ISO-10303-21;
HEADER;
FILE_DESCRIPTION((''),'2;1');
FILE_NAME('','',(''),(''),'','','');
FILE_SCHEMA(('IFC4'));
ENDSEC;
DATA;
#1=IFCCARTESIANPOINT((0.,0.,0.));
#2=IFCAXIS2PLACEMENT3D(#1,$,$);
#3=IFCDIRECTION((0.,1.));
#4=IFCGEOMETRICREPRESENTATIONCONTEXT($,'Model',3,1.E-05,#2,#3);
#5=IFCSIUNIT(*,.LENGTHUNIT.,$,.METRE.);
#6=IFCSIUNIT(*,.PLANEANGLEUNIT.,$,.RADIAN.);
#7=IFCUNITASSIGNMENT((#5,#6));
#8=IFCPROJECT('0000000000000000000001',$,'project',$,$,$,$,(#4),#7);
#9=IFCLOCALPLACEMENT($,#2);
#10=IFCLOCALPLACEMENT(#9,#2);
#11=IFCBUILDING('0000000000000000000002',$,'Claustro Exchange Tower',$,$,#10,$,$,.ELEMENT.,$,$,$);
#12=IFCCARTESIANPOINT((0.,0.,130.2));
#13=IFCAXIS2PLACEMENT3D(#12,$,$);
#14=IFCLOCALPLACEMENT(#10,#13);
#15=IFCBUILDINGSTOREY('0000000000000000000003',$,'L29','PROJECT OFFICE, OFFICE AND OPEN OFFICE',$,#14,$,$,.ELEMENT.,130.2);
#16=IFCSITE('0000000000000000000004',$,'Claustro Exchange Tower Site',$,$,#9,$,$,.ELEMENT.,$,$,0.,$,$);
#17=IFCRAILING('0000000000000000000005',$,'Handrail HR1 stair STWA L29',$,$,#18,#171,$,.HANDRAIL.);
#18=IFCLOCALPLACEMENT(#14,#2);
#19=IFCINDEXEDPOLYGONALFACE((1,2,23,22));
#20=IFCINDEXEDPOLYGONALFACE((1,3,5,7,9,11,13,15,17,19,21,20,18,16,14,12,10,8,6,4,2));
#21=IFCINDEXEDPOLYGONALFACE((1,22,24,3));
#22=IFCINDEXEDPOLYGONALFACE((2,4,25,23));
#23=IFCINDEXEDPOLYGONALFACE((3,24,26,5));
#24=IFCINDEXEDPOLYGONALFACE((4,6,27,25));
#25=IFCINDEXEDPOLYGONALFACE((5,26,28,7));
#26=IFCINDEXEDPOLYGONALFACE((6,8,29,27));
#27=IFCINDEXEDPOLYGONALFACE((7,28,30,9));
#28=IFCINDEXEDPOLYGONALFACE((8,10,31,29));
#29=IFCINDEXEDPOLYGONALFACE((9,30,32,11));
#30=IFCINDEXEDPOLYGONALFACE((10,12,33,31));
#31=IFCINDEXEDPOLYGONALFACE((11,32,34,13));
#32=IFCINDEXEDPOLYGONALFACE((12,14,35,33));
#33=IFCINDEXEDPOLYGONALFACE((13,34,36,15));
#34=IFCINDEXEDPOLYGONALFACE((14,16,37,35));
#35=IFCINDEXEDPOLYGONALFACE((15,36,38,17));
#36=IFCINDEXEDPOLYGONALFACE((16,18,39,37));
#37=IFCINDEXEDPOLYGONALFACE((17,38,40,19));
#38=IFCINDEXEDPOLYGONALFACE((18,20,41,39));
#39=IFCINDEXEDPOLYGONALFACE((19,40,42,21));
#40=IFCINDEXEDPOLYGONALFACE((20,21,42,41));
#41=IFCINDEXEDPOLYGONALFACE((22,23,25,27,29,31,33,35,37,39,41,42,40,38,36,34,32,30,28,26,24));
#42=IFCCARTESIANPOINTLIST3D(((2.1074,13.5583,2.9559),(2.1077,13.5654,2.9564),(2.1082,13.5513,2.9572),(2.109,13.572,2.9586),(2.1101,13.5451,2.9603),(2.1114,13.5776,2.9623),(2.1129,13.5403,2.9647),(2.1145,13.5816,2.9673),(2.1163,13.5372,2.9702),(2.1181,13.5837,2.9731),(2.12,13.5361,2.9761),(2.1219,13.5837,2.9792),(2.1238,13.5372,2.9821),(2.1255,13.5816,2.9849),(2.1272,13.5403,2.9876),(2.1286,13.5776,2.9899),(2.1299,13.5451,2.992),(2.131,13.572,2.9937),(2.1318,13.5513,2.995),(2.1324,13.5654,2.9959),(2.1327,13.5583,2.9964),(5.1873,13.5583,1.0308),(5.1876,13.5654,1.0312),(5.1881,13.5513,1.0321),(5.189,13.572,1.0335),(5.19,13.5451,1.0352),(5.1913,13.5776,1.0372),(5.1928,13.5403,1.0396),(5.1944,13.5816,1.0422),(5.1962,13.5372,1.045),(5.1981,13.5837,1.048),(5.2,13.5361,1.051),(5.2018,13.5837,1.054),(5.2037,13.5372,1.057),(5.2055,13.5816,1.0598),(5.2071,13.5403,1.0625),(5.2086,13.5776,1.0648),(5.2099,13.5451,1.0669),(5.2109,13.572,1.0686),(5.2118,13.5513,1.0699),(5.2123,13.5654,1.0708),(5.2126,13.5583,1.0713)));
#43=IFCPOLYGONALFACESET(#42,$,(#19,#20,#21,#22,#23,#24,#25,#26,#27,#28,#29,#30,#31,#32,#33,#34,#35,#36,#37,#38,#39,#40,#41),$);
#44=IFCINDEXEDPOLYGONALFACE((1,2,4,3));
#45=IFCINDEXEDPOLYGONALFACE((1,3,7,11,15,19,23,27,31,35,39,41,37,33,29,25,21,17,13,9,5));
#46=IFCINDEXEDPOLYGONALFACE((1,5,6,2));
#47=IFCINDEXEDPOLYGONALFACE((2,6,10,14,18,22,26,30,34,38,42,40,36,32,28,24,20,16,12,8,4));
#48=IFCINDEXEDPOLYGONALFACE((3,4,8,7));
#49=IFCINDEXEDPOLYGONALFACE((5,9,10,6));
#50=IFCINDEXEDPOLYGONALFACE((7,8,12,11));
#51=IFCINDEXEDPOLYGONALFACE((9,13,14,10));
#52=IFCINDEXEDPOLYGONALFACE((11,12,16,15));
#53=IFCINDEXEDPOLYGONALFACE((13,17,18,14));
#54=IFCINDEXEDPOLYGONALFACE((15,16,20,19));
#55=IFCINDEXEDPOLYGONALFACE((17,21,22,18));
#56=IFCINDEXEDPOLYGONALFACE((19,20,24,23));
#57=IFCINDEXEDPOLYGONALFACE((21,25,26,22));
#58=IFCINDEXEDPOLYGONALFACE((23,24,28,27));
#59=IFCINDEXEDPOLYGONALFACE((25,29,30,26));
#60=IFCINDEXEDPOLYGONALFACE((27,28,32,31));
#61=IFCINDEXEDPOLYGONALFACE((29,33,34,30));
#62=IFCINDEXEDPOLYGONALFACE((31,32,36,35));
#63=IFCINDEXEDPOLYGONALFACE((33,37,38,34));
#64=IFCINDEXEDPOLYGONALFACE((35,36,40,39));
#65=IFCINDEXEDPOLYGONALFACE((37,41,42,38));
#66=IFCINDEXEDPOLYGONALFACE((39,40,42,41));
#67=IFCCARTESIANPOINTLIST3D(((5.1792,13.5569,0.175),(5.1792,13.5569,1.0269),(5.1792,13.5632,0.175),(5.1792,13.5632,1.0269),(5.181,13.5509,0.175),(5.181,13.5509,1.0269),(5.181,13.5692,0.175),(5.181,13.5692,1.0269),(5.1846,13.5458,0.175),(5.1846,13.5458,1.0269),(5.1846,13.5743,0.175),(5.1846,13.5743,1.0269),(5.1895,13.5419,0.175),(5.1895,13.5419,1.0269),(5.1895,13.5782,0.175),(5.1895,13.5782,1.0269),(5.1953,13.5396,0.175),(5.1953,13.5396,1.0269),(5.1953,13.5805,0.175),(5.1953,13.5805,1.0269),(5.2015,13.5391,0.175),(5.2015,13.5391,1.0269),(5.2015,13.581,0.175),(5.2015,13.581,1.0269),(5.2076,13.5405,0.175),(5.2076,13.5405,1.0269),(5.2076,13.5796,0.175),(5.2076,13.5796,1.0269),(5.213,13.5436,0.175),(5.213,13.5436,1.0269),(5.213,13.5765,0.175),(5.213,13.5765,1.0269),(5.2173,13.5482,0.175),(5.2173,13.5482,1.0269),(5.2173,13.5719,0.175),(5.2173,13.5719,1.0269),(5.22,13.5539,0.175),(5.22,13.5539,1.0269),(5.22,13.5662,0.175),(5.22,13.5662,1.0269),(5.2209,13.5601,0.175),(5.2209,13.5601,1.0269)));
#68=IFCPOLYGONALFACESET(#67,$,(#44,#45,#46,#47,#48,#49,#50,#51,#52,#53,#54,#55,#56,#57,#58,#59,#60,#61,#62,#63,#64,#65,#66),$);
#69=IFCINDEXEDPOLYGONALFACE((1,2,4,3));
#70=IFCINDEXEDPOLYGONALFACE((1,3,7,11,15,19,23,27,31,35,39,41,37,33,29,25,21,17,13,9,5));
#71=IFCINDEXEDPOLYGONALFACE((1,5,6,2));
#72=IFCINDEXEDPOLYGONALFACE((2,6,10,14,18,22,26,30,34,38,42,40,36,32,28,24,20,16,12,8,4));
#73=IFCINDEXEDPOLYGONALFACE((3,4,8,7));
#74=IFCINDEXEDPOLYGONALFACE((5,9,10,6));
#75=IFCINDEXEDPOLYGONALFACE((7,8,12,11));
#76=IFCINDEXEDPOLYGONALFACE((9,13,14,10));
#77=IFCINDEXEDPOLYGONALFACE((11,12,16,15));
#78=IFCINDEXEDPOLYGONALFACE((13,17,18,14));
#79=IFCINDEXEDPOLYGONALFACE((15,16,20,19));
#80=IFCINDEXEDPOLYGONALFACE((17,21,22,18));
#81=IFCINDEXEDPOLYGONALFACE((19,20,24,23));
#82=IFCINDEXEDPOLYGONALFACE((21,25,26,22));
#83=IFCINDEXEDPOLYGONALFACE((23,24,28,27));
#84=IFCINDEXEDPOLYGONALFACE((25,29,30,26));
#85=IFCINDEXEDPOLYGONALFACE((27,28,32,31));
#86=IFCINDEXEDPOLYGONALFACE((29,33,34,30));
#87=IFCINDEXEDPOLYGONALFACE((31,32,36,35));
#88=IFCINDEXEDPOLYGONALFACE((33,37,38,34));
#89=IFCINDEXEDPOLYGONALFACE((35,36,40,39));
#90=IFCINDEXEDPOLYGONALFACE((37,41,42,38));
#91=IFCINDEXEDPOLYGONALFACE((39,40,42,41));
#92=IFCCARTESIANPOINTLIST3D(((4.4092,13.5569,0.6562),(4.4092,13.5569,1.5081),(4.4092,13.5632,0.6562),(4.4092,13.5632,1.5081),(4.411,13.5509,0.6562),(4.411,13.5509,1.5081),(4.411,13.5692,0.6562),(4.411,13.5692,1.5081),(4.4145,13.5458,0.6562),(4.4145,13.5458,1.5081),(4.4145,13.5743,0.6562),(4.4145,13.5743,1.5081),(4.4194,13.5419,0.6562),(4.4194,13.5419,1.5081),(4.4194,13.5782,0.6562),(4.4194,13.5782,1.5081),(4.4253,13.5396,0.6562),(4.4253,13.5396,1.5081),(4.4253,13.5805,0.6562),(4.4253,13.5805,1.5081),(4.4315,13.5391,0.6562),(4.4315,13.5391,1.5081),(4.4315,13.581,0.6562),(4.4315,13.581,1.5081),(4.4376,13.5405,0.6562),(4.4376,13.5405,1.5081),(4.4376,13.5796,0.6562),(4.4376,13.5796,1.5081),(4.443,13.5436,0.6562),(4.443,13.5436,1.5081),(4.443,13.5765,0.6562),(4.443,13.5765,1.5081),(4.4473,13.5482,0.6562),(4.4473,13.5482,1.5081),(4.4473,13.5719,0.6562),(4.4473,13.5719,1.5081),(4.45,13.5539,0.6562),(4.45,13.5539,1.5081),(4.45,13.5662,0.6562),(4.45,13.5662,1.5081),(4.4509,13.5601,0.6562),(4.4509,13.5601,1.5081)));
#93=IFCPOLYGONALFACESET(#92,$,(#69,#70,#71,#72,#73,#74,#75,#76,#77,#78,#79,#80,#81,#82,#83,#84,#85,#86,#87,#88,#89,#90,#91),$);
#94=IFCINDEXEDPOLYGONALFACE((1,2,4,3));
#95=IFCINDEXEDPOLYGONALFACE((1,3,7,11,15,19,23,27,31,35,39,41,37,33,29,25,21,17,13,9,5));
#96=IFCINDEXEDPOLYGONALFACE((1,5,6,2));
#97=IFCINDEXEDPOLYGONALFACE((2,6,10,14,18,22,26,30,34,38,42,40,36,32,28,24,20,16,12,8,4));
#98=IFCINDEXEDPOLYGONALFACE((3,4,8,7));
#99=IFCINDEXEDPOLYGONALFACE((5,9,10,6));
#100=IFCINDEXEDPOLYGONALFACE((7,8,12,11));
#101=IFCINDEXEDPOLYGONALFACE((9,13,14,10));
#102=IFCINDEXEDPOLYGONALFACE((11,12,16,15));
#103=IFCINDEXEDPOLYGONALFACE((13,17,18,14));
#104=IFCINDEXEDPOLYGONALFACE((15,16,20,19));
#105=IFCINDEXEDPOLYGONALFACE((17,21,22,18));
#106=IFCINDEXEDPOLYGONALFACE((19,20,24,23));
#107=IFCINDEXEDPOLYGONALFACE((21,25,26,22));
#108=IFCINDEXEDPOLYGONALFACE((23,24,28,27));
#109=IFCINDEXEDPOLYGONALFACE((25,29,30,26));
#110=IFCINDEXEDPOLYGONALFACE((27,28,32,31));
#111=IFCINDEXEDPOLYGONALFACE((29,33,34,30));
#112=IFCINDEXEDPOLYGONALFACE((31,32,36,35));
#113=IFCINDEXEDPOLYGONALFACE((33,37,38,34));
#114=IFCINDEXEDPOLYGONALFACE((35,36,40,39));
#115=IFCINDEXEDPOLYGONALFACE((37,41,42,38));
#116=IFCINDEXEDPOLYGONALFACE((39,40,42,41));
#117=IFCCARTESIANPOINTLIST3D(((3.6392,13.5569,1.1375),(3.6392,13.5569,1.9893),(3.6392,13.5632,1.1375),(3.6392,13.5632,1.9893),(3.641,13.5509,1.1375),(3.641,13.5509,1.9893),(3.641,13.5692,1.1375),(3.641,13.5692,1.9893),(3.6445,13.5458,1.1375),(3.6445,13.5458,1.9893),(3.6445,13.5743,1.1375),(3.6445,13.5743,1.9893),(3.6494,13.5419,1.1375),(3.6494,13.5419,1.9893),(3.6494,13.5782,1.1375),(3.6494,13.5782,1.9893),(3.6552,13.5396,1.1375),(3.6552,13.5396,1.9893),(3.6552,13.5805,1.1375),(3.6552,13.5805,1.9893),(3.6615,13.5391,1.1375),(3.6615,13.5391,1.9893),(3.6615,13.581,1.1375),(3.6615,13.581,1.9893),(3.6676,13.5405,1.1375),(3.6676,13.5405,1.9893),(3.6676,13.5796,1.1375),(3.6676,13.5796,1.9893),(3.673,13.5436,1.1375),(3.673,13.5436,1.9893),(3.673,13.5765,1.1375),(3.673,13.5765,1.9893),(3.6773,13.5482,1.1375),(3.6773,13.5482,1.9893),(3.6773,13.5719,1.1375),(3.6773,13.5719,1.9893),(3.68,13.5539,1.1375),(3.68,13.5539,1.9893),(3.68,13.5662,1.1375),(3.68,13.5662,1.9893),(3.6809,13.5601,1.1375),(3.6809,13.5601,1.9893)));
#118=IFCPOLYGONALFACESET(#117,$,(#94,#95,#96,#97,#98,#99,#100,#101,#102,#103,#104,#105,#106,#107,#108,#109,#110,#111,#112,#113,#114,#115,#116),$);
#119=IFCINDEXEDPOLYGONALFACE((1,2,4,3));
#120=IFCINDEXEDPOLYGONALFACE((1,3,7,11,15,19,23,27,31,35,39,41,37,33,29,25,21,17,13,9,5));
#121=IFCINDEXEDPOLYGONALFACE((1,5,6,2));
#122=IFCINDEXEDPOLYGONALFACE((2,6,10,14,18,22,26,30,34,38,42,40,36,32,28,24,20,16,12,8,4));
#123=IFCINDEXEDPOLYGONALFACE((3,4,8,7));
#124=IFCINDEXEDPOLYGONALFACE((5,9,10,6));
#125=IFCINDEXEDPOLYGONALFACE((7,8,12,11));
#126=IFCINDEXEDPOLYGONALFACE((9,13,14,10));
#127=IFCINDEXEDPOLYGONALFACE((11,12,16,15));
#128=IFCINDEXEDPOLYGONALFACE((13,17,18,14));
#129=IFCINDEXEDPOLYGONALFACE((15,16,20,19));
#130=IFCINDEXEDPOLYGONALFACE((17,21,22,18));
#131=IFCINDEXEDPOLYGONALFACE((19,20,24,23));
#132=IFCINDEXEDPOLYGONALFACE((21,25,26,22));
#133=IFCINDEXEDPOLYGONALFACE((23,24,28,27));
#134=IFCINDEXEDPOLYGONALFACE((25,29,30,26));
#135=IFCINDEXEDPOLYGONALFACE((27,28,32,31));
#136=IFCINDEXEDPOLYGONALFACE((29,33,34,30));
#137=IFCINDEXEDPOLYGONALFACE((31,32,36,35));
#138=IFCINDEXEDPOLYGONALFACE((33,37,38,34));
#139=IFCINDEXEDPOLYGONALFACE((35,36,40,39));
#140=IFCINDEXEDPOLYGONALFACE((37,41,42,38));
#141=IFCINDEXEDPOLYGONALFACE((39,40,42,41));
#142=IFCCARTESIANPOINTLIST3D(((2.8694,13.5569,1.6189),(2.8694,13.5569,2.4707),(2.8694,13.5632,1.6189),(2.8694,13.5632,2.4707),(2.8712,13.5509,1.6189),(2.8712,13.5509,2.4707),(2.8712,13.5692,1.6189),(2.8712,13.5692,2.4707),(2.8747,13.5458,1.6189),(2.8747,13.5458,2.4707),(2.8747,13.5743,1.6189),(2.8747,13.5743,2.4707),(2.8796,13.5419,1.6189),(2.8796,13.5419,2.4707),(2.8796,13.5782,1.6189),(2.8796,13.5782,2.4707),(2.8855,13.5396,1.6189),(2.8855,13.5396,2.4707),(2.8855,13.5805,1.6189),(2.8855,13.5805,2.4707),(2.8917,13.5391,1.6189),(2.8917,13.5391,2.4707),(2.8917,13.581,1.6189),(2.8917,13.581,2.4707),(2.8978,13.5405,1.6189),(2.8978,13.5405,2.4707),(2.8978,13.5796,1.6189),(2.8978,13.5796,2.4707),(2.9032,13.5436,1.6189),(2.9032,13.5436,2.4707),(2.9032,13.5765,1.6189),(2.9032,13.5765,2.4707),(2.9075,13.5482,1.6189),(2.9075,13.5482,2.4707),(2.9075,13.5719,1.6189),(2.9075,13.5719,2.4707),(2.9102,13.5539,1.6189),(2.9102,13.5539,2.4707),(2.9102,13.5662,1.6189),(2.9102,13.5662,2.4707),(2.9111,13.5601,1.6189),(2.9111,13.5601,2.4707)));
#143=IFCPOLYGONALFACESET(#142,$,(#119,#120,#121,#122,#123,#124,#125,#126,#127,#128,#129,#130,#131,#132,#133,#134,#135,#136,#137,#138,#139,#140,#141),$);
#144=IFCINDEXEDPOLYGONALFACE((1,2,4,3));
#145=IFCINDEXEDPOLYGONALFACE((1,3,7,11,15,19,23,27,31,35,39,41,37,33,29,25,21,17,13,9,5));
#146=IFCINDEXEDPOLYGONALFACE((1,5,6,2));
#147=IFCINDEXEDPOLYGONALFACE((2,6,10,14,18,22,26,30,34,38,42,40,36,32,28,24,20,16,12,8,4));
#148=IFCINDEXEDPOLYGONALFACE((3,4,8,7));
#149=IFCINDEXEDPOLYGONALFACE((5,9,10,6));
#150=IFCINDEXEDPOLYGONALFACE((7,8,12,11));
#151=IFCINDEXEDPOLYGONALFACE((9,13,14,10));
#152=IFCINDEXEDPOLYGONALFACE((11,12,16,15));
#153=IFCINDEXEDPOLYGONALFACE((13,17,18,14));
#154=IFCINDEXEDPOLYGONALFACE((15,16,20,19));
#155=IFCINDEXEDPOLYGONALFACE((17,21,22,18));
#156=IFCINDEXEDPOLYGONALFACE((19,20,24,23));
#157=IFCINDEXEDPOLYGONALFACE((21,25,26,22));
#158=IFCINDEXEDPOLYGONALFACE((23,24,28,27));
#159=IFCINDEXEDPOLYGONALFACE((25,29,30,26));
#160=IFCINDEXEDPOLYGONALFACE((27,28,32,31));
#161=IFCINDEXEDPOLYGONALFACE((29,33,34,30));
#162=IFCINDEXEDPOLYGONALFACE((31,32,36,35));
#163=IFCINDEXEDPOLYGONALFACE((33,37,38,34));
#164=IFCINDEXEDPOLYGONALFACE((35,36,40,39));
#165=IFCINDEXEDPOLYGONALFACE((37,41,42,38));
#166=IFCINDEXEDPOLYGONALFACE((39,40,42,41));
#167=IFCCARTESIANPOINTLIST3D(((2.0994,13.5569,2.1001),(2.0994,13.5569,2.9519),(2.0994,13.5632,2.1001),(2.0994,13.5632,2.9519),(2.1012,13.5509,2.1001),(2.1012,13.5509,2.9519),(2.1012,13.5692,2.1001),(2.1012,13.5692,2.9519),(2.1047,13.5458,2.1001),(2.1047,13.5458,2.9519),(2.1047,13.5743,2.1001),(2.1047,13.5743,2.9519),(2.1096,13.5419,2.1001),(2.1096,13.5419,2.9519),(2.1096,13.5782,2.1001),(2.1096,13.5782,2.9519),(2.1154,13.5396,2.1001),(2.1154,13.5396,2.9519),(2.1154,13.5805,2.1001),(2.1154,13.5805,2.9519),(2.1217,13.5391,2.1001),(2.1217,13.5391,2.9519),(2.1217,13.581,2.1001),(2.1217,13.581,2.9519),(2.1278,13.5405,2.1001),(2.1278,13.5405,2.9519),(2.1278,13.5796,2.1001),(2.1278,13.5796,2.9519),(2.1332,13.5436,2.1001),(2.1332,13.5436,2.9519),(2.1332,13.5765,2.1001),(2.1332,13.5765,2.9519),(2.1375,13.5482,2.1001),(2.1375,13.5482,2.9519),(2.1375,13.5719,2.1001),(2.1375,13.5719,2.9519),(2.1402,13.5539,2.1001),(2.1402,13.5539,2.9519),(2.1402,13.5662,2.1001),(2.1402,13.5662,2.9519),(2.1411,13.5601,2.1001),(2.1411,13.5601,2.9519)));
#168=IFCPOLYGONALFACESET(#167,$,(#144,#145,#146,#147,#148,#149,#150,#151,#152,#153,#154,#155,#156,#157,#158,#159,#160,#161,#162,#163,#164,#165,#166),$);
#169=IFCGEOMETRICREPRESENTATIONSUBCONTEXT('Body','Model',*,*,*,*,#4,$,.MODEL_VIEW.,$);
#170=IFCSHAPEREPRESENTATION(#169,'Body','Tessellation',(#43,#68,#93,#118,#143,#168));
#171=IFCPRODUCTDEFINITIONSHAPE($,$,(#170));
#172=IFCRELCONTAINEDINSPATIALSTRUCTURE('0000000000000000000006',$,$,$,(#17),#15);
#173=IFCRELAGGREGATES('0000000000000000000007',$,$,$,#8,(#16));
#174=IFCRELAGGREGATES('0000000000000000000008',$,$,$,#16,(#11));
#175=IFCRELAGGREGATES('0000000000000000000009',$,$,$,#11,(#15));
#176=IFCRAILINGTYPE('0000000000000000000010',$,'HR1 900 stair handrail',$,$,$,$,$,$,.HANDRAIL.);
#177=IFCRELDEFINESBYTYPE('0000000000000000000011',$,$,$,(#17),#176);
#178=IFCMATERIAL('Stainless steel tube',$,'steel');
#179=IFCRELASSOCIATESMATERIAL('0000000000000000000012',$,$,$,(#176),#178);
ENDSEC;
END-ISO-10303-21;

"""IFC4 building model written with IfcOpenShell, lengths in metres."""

from ifc_helpers import new_model, si_unit, direction, frame, origin, origin_2d, place, context, subcontext, project, spatial, circle, extrude, material, type_object, element, save


model = new_model("IFC4")

# Units and contexts
model_context = context("Model", 3, precision=1e-05, world=origin(), true_north=direction((0.0, 1.0)))
body_context = subcontext(model_context, "Body", "Model", "MODEL_VIEW")
ifc_project = project(units=[si_unit("LENGTHUNIT", "METRE"), si_unit("PLANEANGLEUNIT", "RADIAN")], contexts=[model_context])

# Site, building, storey
site_placement = place(None, origin())
site = spatial("IfcSite", under=ifc_project, at=site_placement, Name="Claustro Exchange Tower Site", CompositionType="ELEMENT", RefElevation=0.0)
building_placement = place(site_placement, origin())
building = spatial("IfcBuilding", under=site, at=building_placement, Name="Claustro Exchange Tower", CompositionType="ELEMENT")
storey_placement = place(building_placement, frame((0.0, 0.0, 130.2)))
storey = spatial("IfcBuildingStorey", under=building, at=storey_placement, Name="L29", Description="PROJECT OFFICE, OFFICE AND OPEN OFFICE", CompositionType="ELEMENT", Elevation=130.2)

# Railing
ifc_material_1 = material(Name="Stainless steel tube", Category="steel")
railing_type_1 = type_object("IfcRailingType", Name="HR1 900 stair handrail", PredefinedType="HANDRAIL", material=ifc_material_1)
railing_1_placement = place(storey_placement, frame((5.2, 13.5601, 0.175)))
element("IfcRailing", 1, at=railing_1_placement, inside=storey, type_object=railing_type_1, Name="Handrail HR1 stair STWA L29", PredefinedType="HANDRAIL", context=body_context, shape_type="SweptSolid", body=[
    extrude(circle(Radius=0.0239, at=origin_2d()), frame((0.0, 0.0, 0.876), z_axis=(-0.847979, 0.0, 0.530029), x_axis=(0.0, -1.0, 0.0)), (0.0, 0.0, 1.0), 3.6321),
    extrude(circle(Radius=0.021, at=origin_2d()), origin(), (0.0, 0.0, 1.0), 0.8518),
    extrude(circle(Radius=0.021, at=origin_2d()), frame((-0.77, 0.0, 0.4812)), (0.0, 0.0, 1.0), 0.8518),
    extrude(circle(Radius=0.021, at=origin_2d()), frame((-1.54, 0.0, 0.9624)), (0.0, 0.0, 1.0), 0.8518),
    extrude(circle(Radius=0.021, at=origin_2d()), frame((-2.3098, 0.0, 1.4438)), (0.0, 0.0, 1.0), 0.8518),
    extrude(circle(Radius=0.021, at=origin_2d()), frame((-3.0798, 0.0, 1.925)), (0.0, 0.0, 1.0), 0.8518),
])

save(model, "model.ifc")
